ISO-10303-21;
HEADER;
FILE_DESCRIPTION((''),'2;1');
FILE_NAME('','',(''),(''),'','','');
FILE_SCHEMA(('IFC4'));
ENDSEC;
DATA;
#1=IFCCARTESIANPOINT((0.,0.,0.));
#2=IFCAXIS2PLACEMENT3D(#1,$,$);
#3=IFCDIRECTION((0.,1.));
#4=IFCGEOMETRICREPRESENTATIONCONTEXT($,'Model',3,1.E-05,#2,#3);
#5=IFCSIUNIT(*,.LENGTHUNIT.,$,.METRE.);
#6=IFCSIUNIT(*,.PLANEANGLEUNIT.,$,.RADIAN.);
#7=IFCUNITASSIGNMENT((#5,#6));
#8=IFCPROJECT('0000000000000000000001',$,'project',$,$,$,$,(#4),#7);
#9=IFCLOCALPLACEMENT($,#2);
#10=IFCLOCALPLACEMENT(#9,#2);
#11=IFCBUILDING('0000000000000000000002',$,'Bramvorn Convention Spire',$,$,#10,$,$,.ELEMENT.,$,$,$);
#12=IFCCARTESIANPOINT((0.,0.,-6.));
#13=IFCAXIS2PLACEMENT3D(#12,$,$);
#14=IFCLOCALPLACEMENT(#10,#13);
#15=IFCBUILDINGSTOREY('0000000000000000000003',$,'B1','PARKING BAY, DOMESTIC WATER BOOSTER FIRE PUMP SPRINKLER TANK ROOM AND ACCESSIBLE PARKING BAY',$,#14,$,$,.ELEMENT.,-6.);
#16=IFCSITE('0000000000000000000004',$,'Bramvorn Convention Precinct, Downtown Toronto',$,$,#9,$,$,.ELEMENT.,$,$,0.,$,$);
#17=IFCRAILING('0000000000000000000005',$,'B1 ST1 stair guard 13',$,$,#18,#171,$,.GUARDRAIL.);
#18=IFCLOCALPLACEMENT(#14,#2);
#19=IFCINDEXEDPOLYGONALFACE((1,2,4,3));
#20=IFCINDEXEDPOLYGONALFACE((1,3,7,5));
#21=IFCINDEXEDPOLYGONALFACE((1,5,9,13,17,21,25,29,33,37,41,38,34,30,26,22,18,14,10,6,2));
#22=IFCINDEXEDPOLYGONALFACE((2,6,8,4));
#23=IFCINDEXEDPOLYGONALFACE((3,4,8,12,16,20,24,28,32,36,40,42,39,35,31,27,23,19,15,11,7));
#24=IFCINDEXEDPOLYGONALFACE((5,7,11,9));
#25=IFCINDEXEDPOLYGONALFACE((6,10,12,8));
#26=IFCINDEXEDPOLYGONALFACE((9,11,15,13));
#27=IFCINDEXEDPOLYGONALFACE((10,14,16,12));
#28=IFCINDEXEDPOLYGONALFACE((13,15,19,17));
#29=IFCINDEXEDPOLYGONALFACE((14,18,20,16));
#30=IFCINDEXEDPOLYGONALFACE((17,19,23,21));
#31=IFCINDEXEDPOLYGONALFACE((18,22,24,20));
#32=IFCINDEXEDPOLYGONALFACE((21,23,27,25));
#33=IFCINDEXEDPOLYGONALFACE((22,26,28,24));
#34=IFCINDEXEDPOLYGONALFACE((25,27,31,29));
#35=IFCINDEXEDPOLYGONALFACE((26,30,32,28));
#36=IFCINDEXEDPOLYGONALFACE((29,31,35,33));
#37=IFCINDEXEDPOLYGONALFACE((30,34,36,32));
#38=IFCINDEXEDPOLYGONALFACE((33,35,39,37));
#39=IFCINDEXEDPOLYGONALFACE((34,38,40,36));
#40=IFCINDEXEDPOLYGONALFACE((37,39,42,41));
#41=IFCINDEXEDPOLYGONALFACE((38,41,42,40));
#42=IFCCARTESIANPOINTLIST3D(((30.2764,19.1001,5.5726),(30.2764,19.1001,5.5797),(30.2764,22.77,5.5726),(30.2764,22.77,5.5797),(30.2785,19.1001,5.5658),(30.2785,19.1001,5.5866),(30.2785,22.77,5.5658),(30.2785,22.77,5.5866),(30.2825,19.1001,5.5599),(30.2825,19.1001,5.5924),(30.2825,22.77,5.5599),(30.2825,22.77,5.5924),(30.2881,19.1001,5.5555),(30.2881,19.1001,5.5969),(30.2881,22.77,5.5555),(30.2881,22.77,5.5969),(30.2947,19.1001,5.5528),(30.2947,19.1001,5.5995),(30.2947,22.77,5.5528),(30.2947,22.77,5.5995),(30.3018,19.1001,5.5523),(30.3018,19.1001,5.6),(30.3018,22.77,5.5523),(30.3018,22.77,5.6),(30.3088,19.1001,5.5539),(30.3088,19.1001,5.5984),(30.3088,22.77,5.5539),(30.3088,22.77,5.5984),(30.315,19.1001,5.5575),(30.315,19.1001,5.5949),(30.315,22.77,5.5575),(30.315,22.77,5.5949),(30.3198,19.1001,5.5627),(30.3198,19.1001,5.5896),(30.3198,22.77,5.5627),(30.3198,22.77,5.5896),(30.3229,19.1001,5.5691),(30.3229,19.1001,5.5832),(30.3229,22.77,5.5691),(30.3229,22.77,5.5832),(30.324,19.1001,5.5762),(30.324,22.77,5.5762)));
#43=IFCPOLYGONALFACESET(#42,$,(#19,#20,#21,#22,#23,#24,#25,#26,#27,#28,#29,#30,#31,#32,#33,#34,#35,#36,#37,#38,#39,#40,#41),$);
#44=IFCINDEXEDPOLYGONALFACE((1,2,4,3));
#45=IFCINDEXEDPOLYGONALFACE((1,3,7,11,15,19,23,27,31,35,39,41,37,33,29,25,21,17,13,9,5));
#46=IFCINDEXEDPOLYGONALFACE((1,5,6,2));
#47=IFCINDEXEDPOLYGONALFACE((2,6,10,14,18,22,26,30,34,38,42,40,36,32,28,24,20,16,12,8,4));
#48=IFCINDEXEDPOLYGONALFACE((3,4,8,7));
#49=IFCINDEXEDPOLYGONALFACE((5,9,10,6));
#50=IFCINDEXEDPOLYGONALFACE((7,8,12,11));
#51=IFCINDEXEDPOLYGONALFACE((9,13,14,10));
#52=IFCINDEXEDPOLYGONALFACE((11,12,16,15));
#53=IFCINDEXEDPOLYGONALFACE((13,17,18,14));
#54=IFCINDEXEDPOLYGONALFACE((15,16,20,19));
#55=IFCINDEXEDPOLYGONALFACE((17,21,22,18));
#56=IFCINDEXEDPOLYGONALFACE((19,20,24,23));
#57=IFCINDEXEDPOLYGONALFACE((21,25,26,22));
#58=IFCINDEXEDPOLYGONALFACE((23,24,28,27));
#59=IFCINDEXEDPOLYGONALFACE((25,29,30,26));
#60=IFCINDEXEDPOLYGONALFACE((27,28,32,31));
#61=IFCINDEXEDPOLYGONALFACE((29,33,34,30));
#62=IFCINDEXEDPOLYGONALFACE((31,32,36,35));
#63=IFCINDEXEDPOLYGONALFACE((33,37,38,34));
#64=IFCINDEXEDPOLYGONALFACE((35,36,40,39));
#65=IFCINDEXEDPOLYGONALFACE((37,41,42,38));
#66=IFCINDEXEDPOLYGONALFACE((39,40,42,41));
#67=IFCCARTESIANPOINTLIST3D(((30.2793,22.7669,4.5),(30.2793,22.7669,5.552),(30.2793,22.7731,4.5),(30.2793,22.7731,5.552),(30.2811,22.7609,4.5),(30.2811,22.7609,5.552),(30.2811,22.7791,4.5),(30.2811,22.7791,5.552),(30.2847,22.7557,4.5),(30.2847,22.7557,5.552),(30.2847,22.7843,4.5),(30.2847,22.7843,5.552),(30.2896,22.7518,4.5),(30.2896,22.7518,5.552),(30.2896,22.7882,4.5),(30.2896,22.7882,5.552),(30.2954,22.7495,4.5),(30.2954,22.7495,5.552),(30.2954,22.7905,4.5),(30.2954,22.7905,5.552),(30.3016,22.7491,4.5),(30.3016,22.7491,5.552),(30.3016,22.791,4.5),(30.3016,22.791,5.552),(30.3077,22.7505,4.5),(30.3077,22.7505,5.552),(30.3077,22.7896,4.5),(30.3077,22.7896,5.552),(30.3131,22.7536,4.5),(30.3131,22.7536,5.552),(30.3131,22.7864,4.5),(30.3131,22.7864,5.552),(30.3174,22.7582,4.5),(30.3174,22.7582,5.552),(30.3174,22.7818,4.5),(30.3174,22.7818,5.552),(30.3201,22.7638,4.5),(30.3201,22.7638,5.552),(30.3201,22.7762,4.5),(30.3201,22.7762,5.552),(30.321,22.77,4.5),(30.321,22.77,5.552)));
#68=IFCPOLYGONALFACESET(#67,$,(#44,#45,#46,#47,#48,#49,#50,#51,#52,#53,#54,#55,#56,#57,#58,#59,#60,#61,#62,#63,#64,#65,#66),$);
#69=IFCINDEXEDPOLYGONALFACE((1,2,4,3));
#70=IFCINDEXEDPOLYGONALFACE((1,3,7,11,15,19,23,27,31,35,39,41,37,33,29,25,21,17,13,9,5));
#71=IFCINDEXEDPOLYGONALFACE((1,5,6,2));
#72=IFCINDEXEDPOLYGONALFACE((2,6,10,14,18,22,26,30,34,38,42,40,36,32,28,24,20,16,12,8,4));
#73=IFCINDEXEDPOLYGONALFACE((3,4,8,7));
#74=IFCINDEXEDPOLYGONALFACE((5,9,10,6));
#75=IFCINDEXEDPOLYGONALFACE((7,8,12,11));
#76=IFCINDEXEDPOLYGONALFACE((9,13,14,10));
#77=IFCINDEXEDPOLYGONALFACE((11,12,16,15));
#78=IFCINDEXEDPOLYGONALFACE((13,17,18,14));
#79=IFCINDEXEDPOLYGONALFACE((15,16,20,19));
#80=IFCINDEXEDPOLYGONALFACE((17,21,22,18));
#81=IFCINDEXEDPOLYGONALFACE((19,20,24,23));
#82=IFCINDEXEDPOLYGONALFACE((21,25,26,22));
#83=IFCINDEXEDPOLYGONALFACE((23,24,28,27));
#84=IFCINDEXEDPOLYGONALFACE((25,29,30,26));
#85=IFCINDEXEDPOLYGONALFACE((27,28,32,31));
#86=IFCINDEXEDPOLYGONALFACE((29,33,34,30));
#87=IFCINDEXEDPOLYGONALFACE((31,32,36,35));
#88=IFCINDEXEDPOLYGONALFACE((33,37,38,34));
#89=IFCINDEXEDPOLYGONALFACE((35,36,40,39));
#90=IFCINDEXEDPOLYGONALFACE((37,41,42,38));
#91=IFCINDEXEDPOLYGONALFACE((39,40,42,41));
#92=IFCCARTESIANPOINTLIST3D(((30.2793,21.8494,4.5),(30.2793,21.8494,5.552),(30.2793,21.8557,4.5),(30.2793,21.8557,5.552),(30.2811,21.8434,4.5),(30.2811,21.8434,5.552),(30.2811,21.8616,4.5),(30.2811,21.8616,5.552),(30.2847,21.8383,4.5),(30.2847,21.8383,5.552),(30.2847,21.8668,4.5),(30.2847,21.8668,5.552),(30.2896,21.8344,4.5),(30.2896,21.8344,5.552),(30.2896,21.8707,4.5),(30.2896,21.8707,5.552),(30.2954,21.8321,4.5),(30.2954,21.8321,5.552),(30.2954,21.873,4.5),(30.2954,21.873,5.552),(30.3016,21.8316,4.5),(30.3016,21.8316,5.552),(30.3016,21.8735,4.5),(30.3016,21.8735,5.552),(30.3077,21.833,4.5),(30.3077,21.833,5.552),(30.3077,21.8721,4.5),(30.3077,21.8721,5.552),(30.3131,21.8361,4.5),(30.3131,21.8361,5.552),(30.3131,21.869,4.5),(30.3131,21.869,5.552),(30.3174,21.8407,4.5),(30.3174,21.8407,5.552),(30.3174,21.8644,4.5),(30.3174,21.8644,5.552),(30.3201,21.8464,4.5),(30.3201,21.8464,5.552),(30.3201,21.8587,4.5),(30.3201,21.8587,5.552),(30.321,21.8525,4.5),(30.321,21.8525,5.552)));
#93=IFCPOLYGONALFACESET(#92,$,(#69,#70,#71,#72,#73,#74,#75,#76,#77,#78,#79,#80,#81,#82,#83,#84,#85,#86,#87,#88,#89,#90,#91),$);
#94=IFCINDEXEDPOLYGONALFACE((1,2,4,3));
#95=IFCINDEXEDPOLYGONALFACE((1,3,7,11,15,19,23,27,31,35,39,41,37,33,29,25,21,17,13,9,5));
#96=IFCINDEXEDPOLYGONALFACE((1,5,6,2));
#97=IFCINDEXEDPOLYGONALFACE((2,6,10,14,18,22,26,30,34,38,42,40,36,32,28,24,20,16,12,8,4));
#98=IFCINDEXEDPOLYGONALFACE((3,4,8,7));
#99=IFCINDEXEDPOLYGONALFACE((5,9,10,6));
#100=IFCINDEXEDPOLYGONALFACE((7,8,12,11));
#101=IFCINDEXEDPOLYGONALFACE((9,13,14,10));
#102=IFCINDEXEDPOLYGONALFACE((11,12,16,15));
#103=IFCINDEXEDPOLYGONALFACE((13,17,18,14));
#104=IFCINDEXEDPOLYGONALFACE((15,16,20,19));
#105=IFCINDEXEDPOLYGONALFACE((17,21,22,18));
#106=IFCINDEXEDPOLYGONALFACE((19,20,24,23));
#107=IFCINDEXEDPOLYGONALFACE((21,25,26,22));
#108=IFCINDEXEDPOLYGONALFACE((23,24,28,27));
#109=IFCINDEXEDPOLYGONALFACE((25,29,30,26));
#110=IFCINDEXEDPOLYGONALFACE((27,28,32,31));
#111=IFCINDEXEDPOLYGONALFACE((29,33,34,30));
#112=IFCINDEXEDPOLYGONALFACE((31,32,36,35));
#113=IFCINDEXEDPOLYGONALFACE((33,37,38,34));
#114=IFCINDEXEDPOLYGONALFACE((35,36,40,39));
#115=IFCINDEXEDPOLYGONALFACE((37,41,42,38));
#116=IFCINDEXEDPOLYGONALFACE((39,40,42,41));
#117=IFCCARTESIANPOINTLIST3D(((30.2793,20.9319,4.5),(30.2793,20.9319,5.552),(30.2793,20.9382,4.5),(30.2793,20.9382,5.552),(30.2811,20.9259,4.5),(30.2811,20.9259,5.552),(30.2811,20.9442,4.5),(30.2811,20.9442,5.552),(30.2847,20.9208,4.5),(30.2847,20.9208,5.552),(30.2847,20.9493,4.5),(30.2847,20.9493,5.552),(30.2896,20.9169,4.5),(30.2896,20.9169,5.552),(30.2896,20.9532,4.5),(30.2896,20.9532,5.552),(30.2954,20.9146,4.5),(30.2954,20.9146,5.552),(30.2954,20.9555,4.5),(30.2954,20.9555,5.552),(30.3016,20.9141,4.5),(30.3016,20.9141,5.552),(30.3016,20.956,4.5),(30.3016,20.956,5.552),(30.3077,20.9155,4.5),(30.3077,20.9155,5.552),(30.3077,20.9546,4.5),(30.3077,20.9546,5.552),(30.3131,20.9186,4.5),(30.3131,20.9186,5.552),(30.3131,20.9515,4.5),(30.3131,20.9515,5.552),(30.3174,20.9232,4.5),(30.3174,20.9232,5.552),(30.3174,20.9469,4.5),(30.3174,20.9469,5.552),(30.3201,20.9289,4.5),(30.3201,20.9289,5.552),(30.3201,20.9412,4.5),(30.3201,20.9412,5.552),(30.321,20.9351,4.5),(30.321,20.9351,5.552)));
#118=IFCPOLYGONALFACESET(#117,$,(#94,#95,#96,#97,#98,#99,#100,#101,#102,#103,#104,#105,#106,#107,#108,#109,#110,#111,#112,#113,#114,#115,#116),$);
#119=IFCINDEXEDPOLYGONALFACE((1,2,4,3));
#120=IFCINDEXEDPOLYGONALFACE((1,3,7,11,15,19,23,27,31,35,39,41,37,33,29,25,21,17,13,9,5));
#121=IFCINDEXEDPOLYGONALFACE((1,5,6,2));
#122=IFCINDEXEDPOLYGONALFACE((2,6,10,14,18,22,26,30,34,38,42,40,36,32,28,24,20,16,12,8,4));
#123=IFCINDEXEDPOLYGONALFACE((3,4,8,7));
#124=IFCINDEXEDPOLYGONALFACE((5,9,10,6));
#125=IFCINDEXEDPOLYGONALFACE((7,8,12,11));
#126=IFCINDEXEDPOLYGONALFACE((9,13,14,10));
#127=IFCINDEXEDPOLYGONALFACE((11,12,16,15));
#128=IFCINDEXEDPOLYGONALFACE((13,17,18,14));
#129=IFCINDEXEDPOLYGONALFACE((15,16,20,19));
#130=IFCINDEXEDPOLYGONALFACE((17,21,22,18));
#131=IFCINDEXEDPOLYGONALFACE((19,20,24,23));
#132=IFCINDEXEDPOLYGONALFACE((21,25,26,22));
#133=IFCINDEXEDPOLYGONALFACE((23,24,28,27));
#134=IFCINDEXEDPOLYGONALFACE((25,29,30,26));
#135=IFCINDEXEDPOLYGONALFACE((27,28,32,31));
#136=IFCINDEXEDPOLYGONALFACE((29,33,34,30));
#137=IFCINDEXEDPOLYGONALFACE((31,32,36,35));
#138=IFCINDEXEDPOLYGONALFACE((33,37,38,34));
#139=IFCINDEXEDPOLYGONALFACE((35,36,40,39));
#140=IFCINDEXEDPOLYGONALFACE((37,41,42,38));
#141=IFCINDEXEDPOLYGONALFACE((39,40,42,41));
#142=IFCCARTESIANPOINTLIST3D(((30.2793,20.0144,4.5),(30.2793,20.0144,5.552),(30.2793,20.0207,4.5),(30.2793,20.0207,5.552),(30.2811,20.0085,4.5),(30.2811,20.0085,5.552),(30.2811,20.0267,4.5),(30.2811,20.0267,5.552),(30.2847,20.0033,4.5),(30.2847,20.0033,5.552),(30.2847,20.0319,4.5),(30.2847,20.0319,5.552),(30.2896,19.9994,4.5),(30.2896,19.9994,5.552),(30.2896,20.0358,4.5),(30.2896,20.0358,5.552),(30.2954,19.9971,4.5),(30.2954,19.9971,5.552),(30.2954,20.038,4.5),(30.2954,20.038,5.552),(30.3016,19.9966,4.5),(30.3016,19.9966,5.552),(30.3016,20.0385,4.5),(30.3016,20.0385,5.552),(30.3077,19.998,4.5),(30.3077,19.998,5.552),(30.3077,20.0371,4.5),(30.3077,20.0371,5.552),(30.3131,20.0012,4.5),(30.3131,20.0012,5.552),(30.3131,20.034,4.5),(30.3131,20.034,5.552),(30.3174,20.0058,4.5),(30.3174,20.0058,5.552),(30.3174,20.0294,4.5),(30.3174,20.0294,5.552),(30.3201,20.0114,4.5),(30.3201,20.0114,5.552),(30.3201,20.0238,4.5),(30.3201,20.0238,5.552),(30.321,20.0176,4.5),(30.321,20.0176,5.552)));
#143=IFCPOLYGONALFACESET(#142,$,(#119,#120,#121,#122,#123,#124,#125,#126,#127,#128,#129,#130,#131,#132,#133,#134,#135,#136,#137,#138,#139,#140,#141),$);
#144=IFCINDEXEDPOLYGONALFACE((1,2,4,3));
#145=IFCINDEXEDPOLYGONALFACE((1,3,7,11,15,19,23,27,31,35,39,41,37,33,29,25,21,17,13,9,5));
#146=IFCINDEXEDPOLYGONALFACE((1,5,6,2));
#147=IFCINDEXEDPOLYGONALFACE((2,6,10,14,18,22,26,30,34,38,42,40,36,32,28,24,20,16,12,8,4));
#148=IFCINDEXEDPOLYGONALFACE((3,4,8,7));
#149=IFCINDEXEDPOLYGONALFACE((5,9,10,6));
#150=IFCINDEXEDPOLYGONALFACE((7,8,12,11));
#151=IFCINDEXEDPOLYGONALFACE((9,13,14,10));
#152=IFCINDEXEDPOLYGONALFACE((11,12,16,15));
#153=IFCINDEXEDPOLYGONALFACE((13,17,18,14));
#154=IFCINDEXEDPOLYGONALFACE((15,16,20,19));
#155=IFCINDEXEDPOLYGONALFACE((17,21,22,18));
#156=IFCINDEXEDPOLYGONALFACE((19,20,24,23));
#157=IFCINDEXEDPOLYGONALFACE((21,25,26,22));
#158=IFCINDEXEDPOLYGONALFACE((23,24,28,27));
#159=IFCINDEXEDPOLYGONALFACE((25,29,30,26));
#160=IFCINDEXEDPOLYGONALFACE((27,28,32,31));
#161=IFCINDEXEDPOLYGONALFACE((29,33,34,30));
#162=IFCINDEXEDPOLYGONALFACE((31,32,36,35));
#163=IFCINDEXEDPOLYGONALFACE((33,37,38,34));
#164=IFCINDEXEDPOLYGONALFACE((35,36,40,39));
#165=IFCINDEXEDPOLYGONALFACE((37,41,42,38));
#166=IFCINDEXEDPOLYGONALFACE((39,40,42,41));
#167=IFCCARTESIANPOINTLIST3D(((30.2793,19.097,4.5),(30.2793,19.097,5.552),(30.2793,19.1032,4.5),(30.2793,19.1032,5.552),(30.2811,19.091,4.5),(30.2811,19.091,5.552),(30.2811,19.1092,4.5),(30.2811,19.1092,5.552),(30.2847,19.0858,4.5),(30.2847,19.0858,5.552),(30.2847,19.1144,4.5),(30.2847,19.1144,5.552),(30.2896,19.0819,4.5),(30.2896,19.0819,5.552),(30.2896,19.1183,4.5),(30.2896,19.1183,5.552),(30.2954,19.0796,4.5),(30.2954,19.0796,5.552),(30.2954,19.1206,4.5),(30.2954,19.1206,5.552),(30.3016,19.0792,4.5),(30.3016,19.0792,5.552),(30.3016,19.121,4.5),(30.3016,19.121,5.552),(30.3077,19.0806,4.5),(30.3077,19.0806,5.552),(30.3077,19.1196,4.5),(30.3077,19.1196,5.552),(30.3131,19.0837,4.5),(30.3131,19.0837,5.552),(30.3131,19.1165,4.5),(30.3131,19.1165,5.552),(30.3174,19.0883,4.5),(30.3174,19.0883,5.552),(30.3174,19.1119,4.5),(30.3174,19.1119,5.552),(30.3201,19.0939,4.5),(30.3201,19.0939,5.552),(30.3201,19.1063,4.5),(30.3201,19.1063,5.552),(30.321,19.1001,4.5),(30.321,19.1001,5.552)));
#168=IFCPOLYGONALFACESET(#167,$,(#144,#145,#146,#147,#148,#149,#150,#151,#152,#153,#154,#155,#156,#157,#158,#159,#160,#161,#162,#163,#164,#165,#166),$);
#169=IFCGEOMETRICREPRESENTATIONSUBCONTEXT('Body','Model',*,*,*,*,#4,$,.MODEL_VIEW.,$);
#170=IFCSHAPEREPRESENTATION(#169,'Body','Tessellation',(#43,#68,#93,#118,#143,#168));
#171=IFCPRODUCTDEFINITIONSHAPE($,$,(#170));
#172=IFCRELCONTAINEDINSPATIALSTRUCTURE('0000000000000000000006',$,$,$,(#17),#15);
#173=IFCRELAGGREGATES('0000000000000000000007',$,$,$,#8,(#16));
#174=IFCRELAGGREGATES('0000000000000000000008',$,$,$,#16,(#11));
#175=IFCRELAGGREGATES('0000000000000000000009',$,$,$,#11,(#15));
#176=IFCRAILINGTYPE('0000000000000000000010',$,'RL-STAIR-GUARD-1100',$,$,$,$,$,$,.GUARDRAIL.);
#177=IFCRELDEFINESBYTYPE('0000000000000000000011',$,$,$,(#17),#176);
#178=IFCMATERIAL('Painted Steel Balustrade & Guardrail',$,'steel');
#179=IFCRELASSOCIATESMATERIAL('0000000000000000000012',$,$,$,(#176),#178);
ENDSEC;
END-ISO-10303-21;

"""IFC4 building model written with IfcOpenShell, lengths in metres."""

from ifc_helpers import new_model, si_unit, direction, frame, origin, origin_2d, place, context, subcontext, project, spatial, circle, extrude, material, type_object, element, save


model = new_model("IFC4")

# Units and contexts
model_context = context("Model", 3, precision=1e-05, world=origin(), true_north=direction((0.0, 1.0)))
body_context = subcontext(model_context, "Body", "Model", "MODEL_VIEW")
ifc_project = project(units=[si_unit("LENGTHUNIT", "METRE"), si_unit("PLANEANGLEUNIT", "RADIAN")], contexts=[model_context])

# Site, building, storey
site_placement = place(None, origin())
site = spatial("IfcSite", under=ifc_project, at=site_placement, Name="Bramvorn Convention Precinct, Downtown Toronto", CompositionType="ELEMENT", RefElevation=0.0)
building_placement = place(site_placement, origin())
building = spatial("IfcBuilding", under=site, at=building_placement, Name="Bramvorn Convention Spire", CompositionType="ELEMENT")
storey_placement = place(building_placement, frame((0.0, 0.0, -6.0)))
storey = spatial("IfcBuildingStorey", under=building, at=storey_placement, Name="B1", Description="PARKING BAY, DOMESTIC WATER BOOSTER FIRE PUMP SPRINKLER TANK ROOM AND ACCESSIBLE PARKING BAY", CompositionType="ELEMENT", Elevation=-6.0)

# Railing
ifc_material_1 = material(Name="Painted Steel Balustrade & Guardrail", Category="steel")
railing_type_1 = type_object("IfcRailingType", Name="RL-STAIR-GUARD-1100", PredefinedType="GUARDRAIL", material=ifc_material_1)
for number, where, name in (
    (1, (30.3, 22.77, 4.5), "B1 ST1 stair guard 13"),
):
    element("IfcRailing", number, at=place(storey_placement, frame(where)), inside=storey, type_object=railing_type_1, Name=name, PredefinedType="GUARDRAIL", context=body_context, shape_type="SweptSolid", body=[
        extrude(circle(Radius=0.0239, at=origin_2d()), frame((0.0, 0.0, 1.0762), z_axis=(0.0, -1.0, 0.0), x_axis=(1.0, 0.0, 0.0)), (0.0, 0.0, 1.0), 3.6699),
        extrude(circle(Radius=0.021, at=origin_2d()), origin(), (0.0, 0.0, 1.0), 1.052),
        extrude(circle(Radius=0.021, at=origin_2d()), frame((0.0, -0.9175, 0.0)), (0.0, 0.0, 1.0), 1.052),
        extrude(circle(Radius=0.021, at=origin_2d()), frame((0.0, -1.835, 0.0)), (0.0, 0.0, 1.0), 1.052),
        extrude(circle(Radius=0.021, at=origin_2d()), frame((0.0, -2.7524, 0.0)), (0.0, 0.0, 1.0), 1.052),
        extrude(circle(Radius=0.021, at=origin_2d()), frame((0.0, -3.6699, 0.0)), (0.0, 0.0, 1.0), 1.052),
    ])

save(model, "model.ifc")
